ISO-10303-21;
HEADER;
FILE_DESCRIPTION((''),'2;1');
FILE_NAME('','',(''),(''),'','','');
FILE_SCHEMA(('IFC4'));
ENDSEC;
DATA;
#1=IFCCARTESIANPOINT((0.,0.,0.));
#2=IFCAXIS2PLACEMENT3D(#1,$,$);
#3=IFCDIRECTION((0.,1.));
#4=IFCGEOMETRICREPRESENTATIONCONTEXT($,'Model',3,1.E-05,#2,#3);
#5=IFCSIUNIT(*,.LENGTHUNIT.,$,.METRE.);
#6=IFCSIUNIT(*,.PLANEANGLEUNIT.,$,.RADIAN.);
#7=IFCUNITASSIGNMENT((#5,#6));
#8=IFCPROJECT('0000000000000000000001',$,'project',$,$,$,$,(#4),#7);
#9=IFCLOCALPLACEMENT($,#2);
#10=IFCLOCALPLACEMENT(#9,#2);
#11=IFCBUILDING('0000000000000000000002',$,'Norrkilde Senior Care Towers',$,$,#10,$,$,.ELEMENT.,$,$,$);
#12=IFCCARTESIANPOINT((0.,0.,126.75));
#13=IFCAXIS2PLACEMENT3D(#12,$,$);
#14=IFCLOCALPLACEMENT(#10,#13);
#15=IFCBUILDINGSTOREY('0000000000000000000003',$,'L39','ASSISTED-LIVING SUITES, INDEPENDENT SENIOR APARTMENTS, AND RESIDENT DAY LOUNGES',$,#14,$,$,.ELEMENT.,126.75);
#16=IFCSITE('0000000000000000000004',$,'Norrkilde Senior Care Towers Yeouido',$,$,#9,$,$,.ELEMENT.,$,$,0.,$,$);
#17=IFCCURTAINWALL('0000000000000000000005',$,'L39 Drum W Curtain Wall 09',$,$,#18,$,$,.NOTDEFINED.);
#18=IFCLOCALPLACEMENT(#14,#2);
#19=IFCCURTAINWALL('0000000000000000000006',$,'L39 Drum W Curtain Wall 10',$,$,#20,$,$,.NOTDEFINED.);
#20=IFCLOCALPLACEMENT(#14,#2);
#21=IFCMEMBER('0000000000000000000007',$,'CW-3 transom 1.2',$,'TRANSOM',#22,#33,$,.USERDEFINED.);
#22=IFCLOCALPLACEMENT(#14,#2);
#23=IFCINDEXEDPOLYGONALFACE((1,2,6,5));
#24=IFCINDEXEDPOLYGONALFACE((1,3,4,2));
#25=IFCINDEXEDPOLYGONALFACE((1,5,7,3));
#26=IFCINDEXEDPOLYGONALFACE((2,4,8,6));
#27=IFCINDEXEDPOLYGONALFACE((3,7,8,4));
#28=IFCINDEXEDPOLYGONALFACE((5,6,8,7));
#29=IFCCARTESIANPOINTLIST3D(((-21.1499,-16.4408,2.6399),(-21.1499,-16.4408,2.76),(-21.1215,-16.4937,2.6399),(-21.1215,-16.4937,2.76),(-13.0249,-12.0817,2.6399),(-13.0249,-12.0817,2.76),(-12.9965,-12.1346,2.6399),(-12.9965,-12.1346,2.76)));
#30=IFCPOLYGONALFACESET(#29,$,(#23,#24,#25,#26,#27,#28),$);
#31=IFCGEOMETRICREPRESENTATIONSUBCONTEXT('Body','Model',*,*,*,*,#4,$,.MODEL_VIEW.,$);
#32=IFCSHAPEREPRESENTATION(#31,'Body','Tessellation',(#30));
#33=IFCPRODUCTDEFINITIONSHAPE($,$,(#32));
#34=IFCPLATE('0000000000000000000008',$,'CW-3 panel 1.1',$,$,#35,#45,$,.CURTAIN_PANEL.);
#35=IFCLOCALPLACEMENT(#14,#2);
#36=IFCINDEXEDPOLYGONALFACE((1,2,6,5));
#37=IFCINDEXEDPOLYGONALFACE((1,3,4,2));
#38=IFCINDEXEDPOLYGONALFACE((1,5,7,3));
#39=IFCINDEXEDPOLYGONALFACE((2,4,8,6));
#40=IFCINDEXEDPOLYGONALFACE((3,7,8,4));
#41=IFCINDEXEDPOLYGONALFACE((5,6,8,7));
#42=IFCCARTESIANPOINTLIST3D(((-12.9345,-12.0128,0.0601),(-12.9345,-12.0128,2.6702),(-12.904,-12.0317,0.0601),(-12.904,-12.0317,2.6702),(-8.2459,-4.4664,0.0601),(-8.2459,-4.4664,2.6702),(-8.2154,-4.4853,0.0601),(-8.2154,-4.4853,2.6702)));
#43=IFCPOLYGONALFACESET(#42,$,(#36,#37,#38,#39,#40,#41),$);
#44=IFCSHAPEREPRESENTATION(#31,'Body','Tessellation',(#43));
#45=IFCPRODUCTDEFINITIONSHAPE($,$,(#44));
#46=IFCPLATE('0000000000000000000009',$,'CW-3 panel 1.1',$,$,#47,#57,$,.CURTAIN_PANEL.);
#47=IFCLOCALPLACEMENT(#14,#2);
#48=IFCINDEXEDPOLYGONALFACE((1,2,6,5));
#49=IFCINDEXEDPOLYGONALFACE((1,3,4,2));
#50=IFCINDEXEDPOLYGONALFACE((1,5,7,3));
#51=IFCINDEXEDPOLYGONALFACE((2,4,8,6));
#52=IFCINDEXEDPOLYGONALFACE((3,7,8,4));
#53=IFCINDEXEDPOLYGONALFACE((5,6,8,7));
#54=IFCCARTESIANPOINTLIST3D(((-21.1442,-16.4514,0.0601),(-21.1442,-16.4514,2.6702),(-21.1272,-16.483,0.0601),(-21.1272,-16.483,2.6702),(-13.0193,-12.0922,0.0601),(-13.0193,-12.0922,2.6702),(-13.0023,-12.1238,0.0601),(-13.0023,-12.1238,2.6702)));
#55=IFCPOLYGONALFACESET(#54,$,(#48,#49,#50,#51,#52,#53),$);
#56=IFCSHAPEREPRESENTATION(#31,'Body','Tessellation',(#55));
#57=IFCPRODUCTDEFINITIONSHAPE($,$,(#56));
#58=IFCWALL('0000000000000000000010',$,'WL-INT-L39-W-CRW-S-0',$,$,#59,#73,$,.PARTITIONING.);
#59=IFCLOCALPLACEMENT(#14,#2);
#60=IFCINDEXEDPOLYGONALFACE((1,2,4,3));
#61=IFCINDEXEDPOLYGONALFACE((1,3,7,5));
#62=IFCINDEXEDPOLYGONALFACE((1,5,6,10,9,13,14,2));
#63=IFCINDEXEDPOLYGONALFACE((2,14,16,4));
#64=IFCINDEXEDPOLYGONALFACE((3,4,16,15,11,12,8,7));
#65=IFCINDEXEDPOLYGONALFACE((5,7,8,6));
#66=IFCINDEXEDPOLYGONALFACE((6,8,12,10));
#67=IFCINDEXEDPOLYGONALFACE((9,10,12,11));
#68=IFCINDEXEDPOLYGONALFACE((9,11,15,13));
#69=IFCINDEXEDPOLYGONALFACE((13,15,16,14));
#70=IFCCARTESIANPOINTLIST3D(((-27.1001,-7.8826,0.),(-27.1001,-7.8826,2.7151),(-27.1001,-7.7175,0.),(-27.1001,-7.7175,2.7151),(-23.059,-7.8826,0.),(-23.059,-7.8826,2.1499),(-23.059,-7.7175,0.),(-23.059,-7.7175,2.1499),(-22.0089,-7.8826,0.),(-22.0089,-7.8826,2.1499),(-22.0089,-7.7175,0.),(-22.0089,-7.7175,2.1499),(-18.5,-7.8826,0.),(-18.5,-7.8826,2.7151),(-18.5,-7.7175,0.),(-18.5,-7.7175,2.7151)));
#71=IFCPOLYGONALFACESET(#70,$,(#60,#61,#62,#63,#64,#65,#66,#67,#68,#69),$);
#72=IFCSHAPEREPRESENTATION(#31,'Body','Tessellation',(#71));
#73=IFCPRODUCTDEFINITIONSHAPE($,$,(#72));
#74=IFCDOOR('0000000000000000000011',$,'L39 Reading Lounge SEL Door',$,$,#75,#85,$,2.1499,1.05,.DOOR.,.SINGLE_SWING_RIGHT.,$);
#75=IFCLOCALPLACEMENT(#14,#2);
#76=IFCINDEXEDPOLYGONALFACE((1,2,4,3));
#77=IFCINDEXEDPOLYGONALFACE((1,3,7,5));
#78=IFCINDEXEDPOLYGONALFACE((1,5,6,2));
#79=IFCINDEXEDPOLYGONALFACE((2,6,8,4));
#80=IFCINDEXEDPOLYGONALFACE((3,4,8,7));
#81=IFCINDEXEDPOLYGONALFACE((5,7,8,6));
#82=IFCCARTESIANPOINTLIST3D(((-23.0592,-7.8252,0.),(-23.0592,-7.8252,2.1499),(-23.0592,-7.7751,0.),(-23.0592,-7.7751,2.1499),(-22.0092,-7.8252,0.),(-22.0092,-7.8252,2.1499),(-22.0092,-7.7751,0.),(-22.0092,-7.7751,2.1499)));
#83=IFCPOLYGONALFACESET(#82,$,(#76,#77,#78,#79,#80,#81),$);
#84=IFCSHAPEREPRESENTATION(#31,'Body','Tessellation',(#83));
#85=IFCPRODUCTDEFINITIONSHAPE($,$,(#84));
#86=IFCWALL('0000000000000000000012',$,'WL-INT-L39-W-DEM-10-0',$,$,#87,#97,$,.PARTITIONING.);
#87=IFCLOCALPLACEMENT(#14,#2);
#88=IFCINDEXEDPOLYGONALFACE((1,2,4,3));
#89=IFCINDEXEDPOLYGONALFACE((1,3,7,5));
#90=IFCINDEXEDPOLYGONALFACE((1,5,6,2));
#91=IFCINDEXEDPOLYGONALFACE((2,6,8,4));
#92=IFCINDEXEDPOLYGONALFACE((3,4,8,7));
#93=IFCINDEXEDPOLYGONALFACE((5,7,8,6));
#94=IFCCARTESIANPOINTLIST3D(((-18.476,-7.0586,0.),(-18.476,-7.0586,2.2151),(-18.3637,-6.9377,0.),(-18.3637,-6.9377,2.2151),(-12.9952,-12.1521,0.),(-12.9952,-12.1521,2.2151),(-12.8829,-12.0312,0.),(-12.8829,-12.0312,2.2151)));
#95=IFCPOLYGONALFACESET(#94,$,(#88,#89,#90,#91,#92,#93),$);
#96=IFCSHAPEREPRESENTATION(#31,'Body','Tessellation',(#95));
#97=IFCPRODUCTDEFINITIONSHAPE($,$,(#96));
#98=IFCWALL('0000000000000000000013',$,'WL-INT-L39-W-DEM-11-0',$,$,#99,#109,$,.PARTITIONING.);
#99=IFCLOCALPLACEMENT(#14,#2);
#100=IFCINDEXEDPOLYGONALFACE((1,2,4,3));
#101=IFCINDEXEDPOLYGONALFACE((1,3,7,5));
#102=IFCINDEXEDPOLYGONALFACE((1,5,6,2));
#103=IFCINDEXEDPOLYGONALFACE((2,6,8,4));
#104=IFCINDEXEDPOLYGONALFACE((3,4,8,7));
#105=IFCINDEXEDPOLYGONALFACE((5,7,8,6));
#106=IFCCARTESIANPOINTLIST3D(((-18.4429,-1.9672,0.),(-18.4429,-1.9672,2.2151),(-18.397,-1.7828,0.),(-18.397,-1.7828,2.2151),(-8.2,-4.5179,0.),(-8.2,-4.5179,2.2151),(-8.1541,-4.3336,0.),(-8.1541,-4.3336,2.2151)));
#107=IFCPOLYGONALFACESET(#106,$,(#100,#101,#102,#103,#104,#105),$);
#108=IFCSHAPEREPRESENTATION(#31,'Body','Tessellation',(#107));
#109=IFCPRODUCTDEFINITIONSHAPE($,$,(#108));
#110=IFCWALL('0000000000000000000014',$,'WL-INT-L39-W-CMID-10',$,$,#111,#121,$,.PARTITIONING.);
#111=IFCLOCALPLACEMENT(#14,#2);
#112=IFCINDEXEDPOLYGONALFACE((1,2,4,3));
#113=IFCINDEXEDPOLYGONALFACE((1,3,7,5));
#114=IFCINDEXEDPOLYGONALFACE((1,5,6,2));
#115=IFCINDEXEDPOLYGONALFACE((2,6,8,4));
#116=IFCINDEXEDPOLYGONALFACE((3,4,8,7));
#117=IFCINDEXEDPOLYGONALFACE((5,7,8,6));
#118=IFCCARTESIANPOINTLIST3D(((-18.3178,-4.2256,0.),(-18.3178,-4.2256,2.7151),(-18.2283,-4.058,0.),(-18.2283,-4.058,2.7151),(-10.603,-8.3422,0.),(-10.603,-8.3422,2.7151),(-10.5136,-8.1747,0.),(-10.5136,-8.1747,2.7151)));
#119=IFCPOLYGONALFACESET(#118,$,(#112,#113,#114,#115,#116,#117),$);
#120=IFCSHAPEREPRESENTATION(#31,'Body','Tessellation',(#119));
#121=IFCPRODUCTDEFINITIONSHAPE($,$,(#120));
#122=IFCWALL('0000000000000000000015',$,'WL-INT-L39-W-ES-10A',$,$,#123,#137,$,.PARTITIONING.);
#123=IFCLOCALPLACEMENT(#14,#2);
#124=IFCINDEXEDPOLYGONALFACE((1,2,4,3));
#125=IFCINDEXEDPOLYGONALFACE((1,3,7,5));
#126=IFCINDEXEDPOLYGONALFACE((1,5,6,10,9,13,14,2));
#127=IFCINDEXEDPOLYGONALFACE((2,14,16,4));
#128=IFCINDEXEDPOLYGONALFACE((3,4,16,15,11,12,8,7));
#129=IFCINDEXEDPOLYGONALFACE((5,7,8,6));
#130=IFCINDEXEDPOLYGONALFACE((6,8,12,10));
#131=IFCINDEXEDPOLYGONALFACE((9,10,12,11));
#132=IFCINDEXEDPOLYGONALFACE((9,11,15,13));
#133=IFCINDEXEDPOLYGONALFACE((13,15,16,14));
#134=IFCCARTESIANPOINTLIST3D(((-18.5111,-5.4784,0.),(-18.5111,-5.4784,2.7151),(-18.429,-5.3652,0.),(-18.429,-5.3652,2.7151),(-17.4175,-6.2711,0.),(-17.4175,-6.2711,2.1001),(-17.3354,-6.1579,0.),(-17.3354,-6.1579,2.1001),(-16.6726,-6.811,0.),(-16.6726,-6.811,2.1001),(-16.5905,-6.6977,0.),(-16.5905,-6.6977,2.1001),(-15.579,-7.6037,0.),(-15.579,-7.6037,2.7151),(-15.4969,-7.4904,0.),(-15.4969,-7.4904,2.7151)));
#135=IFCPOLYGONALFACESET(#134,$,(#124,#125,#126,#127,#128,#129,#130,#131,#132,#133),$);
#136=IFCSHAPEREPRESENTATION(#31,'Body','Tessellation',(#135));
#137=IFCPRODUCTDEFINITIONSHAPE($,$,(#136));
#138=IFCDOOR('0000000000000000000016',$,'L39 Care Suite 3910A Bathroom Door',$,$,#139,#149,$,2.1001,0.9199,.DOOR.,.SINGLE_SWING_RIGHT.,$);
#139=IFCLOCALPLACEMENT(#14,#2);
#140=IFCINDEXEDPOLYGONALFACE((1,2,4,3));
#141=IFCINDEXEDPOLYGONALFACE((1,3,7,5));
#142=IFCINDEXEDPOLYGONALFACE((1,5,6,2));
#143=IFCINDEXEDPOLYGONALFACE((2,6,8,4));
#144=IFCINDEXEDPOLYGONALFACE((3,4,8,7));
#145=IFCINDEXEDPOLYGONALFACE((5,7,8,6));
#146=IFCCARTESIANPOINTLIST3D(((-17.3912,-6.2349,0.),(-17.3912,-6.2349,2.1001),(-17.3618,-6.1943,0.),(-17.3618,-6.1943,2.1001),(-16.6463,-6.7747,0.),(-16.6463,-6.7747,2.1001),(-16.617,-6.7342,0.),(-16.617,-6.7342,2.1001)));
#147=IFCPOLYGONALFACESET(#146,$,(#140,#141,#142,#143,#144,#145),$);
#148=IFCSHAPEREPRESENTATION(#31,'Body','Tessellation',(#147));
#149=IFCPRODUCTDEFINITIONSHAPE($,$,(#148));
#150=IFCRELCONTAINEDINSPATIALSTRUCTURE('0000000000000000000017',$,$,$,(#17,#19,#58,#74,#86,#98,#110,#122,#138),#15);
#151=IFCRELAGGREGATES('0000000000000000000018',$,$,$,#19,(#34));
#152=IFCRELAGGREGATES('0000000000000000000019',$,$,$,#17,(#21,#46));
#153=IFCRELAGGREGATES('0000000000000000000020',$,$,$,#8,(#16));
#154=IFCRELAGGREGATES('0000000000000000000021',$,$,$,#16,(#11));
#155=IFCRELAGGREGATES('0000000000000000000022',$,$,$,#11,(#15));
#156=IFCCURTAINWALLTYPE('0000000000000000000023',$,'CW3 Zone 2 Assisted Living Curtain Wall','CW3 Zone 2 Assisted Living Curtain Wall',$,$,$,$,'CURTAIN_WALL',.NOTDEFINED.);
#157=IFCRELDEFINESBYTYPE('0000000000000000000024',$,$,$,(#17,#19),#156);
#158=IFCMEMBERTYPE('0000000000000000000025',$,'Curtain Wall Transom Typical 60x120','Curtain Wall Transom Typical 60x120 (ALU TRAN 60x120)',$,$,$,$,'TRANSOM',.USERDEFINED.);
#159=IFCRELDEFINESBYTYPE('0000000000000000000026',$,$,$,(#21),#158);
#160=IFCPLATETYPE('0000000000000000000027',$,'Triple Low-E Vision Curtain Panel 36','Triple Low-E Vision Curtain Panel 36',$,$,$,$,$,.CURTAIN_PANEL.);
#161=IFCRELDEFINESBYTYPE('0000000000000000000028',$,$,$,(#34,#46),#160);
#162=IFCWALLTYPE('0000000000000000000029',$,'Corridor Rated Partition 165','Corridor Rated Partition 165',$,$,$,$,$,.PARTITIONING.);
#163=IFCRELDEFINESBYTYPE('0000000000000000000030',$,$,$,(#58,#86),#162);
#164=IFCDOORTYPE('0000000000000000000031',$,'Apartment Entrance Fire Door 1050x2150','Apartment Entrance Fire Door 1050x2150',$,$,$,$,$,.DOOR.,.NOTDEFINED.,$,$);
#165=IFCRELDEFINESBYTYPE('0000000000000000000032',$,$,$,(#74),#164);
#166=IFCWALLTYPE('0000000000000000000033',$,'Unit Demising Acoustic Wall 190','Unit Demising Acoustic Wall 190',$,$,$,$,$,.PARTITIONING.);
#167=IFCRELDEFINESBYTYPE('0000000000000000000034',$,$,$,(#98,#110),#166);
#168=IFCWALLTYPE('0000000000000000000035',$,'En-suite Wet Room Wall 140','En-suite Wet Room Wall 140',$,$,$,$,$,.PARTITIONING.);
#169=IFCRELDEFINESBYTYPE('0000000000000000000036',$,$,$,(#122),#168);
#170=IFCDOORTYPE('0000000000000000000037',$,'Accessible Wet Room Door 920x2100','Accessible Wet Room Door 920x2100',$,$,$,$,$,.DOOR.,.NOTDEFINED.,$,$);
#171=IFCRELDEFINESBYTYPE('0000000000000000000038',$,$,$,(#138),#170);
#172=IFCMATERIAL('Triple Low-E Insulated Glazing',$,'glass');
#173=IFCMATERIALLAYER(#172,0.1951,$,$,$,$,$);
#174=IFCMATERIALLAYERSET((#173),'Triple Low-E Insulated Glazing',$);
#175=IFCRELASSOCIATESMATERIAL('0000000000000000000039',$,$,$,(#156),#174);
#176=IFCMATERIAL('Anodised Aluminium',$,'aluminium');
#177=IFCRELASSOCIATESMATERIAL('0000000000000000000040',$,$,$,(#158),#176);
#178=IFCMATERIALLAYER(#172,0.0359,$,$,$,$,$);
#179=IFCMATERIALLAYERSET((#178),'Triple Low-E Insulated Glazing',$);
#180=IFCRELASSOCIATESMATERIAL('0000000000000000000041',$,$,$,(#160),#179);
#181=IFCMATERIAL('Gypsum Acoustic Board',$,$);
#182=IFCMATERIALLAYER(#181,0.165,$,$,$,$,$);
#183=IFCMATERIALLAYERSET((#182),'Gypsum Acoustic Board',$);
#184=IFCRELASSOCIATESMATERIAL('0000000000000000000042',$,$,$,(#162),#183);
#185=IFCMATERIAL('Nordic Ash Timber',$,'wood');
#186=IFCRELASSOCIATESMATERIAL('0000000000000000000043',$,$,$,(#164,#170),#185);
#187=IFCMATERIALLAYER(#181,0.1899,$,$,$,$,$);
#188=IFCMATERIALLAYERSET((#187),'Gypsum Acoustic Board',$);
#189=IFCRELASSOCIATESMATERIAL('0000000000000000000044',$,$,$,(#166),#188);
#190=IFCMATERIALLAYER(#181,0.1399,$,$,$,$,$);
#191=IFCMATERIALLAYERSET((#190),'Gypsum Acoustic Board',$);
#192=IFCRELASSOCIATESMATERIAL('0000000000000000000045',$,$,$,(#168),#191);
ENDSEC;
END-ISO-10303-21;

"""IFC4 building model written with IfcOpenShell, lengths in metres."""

from ifc_helpers import new_model, si_unit, direction, frame, frame_2d, origin, origin_2d, place, context, subcontext, project, spatial, rectangle, extrude, source, transform, mapped, material, layer, layer_set, material_profile, profile_set, type_object, type_shapes, element, fill, aggregate, save


model = new_model("IFC4")

# Units and contexts
model_context = context("Model", 3, precision=1e-05, world=origin(), true_north=direction((0.0, 1.0)))
body_context = subcontext(model_context, "Body", "Model", "MODEL_VIEW")
ifc_project = project(units=[si_unit("LENGTHUNIT", "METRE"), si_unit("PLANEANGLEUNIT", "RADIAN")], contexts=[model_context])

# Site, building, storey
site_placement = place(None, origin())
site = spatial("IfcSite", under=ifc_project, at=site_placement, Name="Norrkilde Senior Care Towers Yeouido", CompositionType="ELEMENT", RefElevation=0.0)
building_placement = place(site_placement, origin())
building = spatial("IfcBuilding", under=site, at=building_placement, Name="Norrkilde Senior Care Towers", CompositionType="ELEMENT")
storey_placement = place(building_placement, frame((0.0, 0.0, 126.75)))
storey = spatial("IfcBuildingStorey", under=building, at=storey_placement, Name="L39", Description="ASSISTED-LIVING SUITES, INDEPENDENT SENIOR APARTMENTS, AND RESIDENT DAY LOUNGES", CompositionType="ELEMENT", Elevation=126.75)

# Curtain wall
ifc_material_1 = material(Name="Triple Low-E Insulated Glazing", Category="glass")
ifc_layer_1 = layer(ifc_material_1, 0.1951)
ifc_layer_set_1 = layer_set([ifc_layer_1], Name="Triple Low-E Insulated Glazing")
curtain_wall_type = type_object("IfcCurtainWallType", Name="CW3 Zone 2 Assisted Living Curtain Wall", Description="CW3 Zone 2 Assisted Living Curtain Wall", ElementType="CURTAIN_WALL", PredefinedType="NOTDEFINED", material=ifc_layer_set_1)
curtain_wall_1_placement = place(storey_placement, origin())
curtain_wall_1 = element("IfcCurtainWall", 1, at=curtain_wall_1_placement, inside=storey, type_object=curtain_wall_type, Name="L39 Drum W Curtain Wall 09", PredefinedType="NOTDEFINED")
ifc_material_2 = material(Name="Anodised Aluminium", Category="aluminium")

# Curtain wall
curtain_wall_2_placement = place(storey_placement, origin())
curtain_wall_2 = element("IfcCurtainWall", 2, at=curtain_wall_2_placement, inside=storey, type_object=curtain_wall_type, Name="L39 Drum W Curtain Wall 10", PredefinedType="NOTDEFINED")
ifc_material_profile_1 = material_profile(ifc_material_2, rectangle(XDim=0.0601, YDim=0.1201, at=origin_2d()), Name="ALU TRAN 60x120")
ifc_profile_set_1 = profile_set([ifc_material_profile_1], Name="Anodised Aluminium")
member_type_1 = type_object("IfcMemberType", Name="Curtain Wall Transom Typical 60x120", Description="Curtain Wall Transom Typical 60x120 (ALU TRAN 60x120)", ElementType="TRANSOM", PredefinedType="USERDEFINED", material=ifc_profile_set_1)

# Member
shared_shape_1 = source(origin(), body_context, "Body", "SweptSolid", [
    extrude(rectangle(XDim=0.0601, YDim=0.1201, at=origin_2d()), origin(), (0.0, 0.0, 1.0), 9.2205),
])
member_1_placement = place(storey_placement, frame((-13.0107, -12.1082, 2.7), z_axis=(-0.881189, -0.472765, 0.0), x_axis=(0.472765, -0.881189, 0.0)))
member_1 = element("IfcMember", 3, at=member_1_placement, type_object=member_type_1, Name="CW-3 transom 1.2", ObjectType="TRANSOM", PredefinedType="USERDEFINED", context=body_context, shape_type="MappedRepresentation", body=[
    mapped(shared_shape_1, transform((0.0, 0.0, 0.0), x_axis=(1.0, 0.0, 0.0), y_axis=(0.0, 1.0, 0.0), z_axis=(0.0, 0.0, 1.0), scale=1.0)),
])

# Plates
ifc_layer_2 = layer(ifc_material_1, 0.0359)
ifc_layer_set_2 = layer_set([ifc_layer_2], Name="Triple Low-E Insulated Glazing")
plate_type = type_object("IfcPlateType", Name="Triple Low-E Vision Curtain Panel 36", Description="Triple Low-E Vision Curtain Panel 36", PredefinedType="CURTAIN_PANEL", material=ifc_layer_set_2)
shared_shape_2 = source(origin(), body_context, "Body", "SweptSolid", [
    extrude(rectangle(XDim=8.8843, YDim=0.0359, at=origin_2d()), origin(), (0.0, 0.0, 1.0), 2.6101),
])
plate_1_placement = place(storey_placement, frame((-10.575, -8.249, 0.0601), z_axis=(0.0, 0.0, 1.0), x_axis=(-0.527733, -0.84941, 0.0)))
plate_1 = element("IfcPlate", 4, at=plate_1_placement, type_object=plate_type, Name="CW-3 panel 1.1", PredefinedType="CURTAIN_PANEL", context=body_context, shape_type="MappedRepresentation", body=[
    mapped(shared_shape_2, transform((0.0, 0.0, 0.0), x_axis=(1.0, 0.0, 0.0), y_axis=(0.0, 1.0, 0.0), z_axis=(0.0, 0.0, 1.0), scale=1.0)),
])
aggregate(curtain_wall_2, [plate_1])
shared_shape_3 = source(origin(), body_context, "Body", "SweptSolid", [
    extrude(rectangle(XDim=9.2205, YDim=0.0359, at=origin_2d()), origin(), (0.0, 0.0, 1.0), 2.6101),
])
type_shapes(plate_type, [shared_shape_2, shared_shape_3])
plate_2_placement = place(storey_placement, frame((-17.0732, -14.2876, 0.0601), z_axis=(0.0, 0.0, 1.0), x_axis=(-0.881186, -0.472769, 0.0)))
plate_2 = element("IfcPlate", 5, at=plate_2_placement, type_object=plate_type, Name="CW-3 panel 1.1", PredefinedType="CURTAIN_PANEL", context=body_context, shape_type="MappedRepresentation", body=[
    mapped(shared_shape_3, transform((0.0, 0.0, 0.0), x_axis=(1.0, 0.0, 0.0), y_axis=(0.0, 1.0, 0.0), z_axis=(0.0, 0.0, 1.0), scale=1.0)),
])
aggregate(curtain_wall_1, [member_1, plate_2])

# Wall, opening, door
ifc_material_3 = material(Name="Gypsum Acoustic Board")
ifc_layer_3 = layer(ifc_material_3, 0.165)
ifc_layer_set_3 = layer_set([ifc_layer_3], Name="Gypsum Acoustic Board")
wall_type_1 = type_object("IfcWallType", Name="Corridor Rated Partition 165", Description="Corridor Rated Partition 165", PredefinedType="PARTITIONING", material=ifc_layer_set_3)
shared_shape_4 = source(origin(), body_context, "Body", "SweptSolid", [
    extrude(rectangle(XDim=8.6001, YDim=0.165, at=frame_2d((4.3, 0.0))), origin(), (0.0, 0.0, 1.0), 2.7151),
])
wall_1_placement = place(storey_placement, frame((-18.5, -7.8, 0.0), z_axis=(0.0, 0.0, 1.0), x_axis=(-1.0, 0.0, 0.0)))
wall_1 = element("IfcWall", 6, at=wall_1_placement, inside=storey, type_object=wall_type_1, Name="WL-INT-L39-W-CRW-S-0", PredefinedType="PARTITIONING", context=body_context, shape_type="MappedRepresentation", body=[
    mapped(shared_shape_4, transform((0.0, 0.0, 0.0), x_axis=(1.0, 0.0, 0.0), y_axis=(0.0, 1.0, 0.0), z_axis=(0.0, 0.0, 1.0), scale=1.0)),
])
opening_1_placement = place(wall_1_placement, frame((3.509, 0.0, 0.0)))
opening_1 = element("IfcOpeningElement", 7, at=opening_1_placement, cuts=wall_1, PredefinedType="OPENING", context=body_context, shape_type="SweptSolid", body=[
    extrude(rectangle(XDim=1.05, YDim=2.1499, at=frame_2d((0.5249, 1.075))), frame((0.0, 0.0925, 0.0), z_axis=(0.0, -1.0, 0.0), x_axis=(1.0, 0.0, 0.0)), (0.0, 0.0, 1.0), 0.1851),
])
ifc_material_4 = material(Name="Nordic Ash Timber", Category="wood")
door_type_1 = type_object("IfcDoorType", Name="Apartment Entrance Fire Door 1050x2150", Description="Apartment Entrance Fire Door 1050x2150", OperationType="NOTDEFINED", PredefinedType="DOOR", material=ifc_material_4)
shared_shape_5 = source(origin(), body_context, "Body", "SweptSolid", [
    extrude(rectangle(XDim=1.05, YDim=2.1499, at=frame_2d((0.5249, 1.075))), frame((0.0, 0.0249, 0.0), z_axis=(0.0, -1.0, 0.0), x_axis=(1.0, 0.0, 0.0)), (0.0, 0.0, 1.0), 0.05),
])
type_shapes(door_type_1, [shared_shape_5])
door_1_placement = place(opening_1_placement, frame((1.05, 0.0, 0.0), z_axis=(0.0, 0.0, 1.0), x_axis=(-1.0, 0.0, 0.0)))
door_1 = element("IfcDoor", 8, at=door_1_placement, inside=storey, type_object=door_type_1, Name="L39 Reading Lounge SEL Door", OperationType="SINGLE_SWING_RIGHT", OverallHeight=2.1499, OverallWidth=1.05, PredefinedType="DOOR", context=body_context, shape_type="MappedRepresentation", body=[
    mapped(shared_shape_5, transform((0.0, 0.0, 0.0), x_axis=(1.0, 0.0, 0.0), y_axis=(0.0, 1.0, 0.0), z_axis=(0.0, 0.0, 1.0), scale=1.0)),
])
fill(opening_1, door_1)

# Walls
shared_shape_6 = source(origin(), body_context, "Body", "SweptSolid", [
    extrude(rectangle(XDim=7.4822, YDim=0.165, at=frame_2d((3.7412, 0.0))), origin(), (0.0, 0.0, 1.0), 2.2151),
])
type_shapes(wall_type_1, [shared_shape_4, shared_shape_6])
wall_2_placement = place(storey_placement, frame((-18.4199, -6.998, 0.0), z_axis=(0.0, 0.0, 1.0), x_axis=(0.732509, -0.680758, 0.0)))
element("IfcWall", 9, at=wall_2_placement, inside=storey, type_object=wall_type_1, Name="WL-INT-L39-W-DEM-10-0", PredefinedType="PARTITIONING", context=body_context, shape_type="MappedRepresentation", body=[
    mapped(shared_shape_6, transform((0.0, 0.0, 0.0), x_axis=(1.0, 0.0, 0.0), y_axis=(0.0, 1.0, 0.0), z_axis=(0.0, 0.0, 1.0), scale=1.0)),
])
ifc_layer_4 = layer(ifc_material_3, 0.1899)
ifc_layer_set_4 = layer_set([ifc_layer_4], Name="Gypsum Acoustic Board")
wall_type_2 = type_object("IfcWallType", Name="Unit Demising Acoustic Wall 190", Description="Unit Demising Acoustic Wall 190", PredefinedType="PARTITIONING", material=ifc_layer_set_4)
shared_shape_7 = source(origin(), body_context, "Body", "SweptSolid", [
    extrude(rectangle(XDim=10.5557, YDim=0.1899, at=frame_2d((5.2778, 0.0))), origin(), (0.0, 0.0, 1.0), 2.2151),
])
wall_3_placement = place(storey_placement, frame((-18.4199, -1.875, 0.0), z_axis=(0.0, 0.0, 1.0), x_axis=(0.970364, -0.241648, 0.0)))
element("IfcWall", 10, at=wall_3_placement, inside=storey, type_object=wall_type_2, Name="WL-INT-L39-W-DEM-11-0", PredefinedType="PARTITIONING", context=body_context, shape_type="MappedRepresentation", body=[
    mapped(shared_shape_7, transform((0.0, 0.0, 0.0), x_axis=(1.0, 0.0, 0.0), y_axis=(0.0, 1.0, 0.0), z_axis=(0.0, 0.0, 1.0), scale=1.0)),
])
shared_shape_8 = source(origin(), body_context, "Body", "SweptSolid", [
    extrude(rectangle(XDim=8.7444, YDim=0.1899, at=frame_2d((4.3721, 0.0))), origin(), (0.0, 0.0, 1.0), 2.7151),
])
type_shapes(wall_type_2, [shared_shape_7, shared_shape_8])
wall_4_placement = place(storey_placement, frame((-18.2729, -4.1418, 0.0), z_axis=(0.0, 0.0, 1.0), x_axis=(0.882252, -0.470777, 0.0)))
element("IfcWall", 11, at=wall_4_placement, inside=storey, type_object=wall_type_2, Name="WL-INT-L39-W-CMID-10", PredefinedType="PARTITIONING", context=body_context, shape_type="MappedRepresentation", body=[
    mapped(shared_shape_8, transform((0.0, 0.0, 0.0), x_axis=(1.0, 0.0, 0.0), y_axis=(0.0, 1.0, 0.0), z_axis=(0.0, 0.0, 1.0), scale=1.0)),
])

# Wall, opening, door
ifc_layer_5 = layer(ifc_material_3, 0.1399)
ifc_layer_set_5 = layer_set([ifc_layer_5], Name="Gypsum Acoustic Board")
wall_type_3 = type_object("IfcWallType", Name="En-suite Wet Room Wall 140", Description="En-suite Wet Room Wall 140", PredefinedType="PARTITIONING", material=ifc_layer_set_5)
shared_shape_9 = source(origin(), body_context, "Body", "SweptSolid", [
    extrude(rectangle(XDim=3.6213, YDim=0.1399, at=frame_2d((1.8105, 0.0))), origin(), (0.0, 0.0, 1.0), 2.7151),
])
wall_5_placement = place(storey_placement, frame((-18.47, -5.4219, 0.0), z_axis=(0.0, 0.0, 1.0), x_axis=(0.809683, -0.586868, 0.0)))
wall_5 = element("IfcWall", 12, at=wall_5_placement, inside=storey, type_object=wall_type_3, Name="WL-INT-L39-W-ES-10A", PredefinedType="PARTITIONING", context=body_context, shape_type="MappedRepresentation", body=[
    mapped(shared_shape_9, transform((0.0, 0.0, 0.0), x_axis=(1.0, 0.0, 0.0), y_axis=(0.0, 1.0, 0.0), z_axis=(0.0, 0.0, 1.0), scale=1.0)),
])
opening_2_placement = place(wall_5_placement, frame((1.3506, 0.0, 0.0)))
opening_2 = element("IfcOpeningElement", 13, at=opening_2_placement, cuts=wall_5, PredefinedType="OPENING", context=body_context, shape_type="SweptSolid", body=[
    extrude(rectangle(XDim=0.9199, YDim=2.1001, at=frame_2d((0.46, 1.05))), frame((0.0, 0.0798, 0.0), z_axis=(0.0, -1.0, 0.0), x_axis=(1.0, 0.0, 0.0)), (0.0, 0.0, 1.0), 0.1599),
])
door_type_2 = type_object("IfcDoorType", Name="Accessible Wet Room Door 920x2100", Description="Accessible Wet Room Door 920x2100", OperationType="NOTDEFINED", PredefinedType="DOOR", material=ifc_material_4)
shared_shape_10 = source(origin(), body_context, "Body", "SweptSolid", [
    extrude(rectangle(XDim=0.9199, YDim=2.1001, at=frame_2d((0.46, 1.05))), frame((0.0, 0.0249, 0.0), z_axis=(0.0, -1.0, 0.0), x_axis=(1.0, 0.0, 0.0)), (0.0, 0.0, 1.0), 0.05),
])
type_shapes(door_type_2, [shared_shape_10])
door_2_placement = place(opening_2_placement, origin())
door_2 = element("IfcDoor", 14, at=door_2_placement, inside=storey, type_object=door_type_2, Name="L39 Care Suite 3910A Bathroom Door", OperationType="SINGLE_SWING_RIGHT", OverallHeight=2.1001, OverallWidth=0.9199, PredefinedType="DOOR", context=body_context, shape_type="MappedRepresentation", body=[
    mapped(shared_shape_10, transform((0.0, 0.0, 0.0), x_axis=(1.0, 0.0, 0.0), y_axis=(0.0, 1.0, 0.0), z_axis=(0.0, 0.0, 1.0), scale=1.0)),
])
fill(opening_2, door_2)

save(model, "model.ifc")
